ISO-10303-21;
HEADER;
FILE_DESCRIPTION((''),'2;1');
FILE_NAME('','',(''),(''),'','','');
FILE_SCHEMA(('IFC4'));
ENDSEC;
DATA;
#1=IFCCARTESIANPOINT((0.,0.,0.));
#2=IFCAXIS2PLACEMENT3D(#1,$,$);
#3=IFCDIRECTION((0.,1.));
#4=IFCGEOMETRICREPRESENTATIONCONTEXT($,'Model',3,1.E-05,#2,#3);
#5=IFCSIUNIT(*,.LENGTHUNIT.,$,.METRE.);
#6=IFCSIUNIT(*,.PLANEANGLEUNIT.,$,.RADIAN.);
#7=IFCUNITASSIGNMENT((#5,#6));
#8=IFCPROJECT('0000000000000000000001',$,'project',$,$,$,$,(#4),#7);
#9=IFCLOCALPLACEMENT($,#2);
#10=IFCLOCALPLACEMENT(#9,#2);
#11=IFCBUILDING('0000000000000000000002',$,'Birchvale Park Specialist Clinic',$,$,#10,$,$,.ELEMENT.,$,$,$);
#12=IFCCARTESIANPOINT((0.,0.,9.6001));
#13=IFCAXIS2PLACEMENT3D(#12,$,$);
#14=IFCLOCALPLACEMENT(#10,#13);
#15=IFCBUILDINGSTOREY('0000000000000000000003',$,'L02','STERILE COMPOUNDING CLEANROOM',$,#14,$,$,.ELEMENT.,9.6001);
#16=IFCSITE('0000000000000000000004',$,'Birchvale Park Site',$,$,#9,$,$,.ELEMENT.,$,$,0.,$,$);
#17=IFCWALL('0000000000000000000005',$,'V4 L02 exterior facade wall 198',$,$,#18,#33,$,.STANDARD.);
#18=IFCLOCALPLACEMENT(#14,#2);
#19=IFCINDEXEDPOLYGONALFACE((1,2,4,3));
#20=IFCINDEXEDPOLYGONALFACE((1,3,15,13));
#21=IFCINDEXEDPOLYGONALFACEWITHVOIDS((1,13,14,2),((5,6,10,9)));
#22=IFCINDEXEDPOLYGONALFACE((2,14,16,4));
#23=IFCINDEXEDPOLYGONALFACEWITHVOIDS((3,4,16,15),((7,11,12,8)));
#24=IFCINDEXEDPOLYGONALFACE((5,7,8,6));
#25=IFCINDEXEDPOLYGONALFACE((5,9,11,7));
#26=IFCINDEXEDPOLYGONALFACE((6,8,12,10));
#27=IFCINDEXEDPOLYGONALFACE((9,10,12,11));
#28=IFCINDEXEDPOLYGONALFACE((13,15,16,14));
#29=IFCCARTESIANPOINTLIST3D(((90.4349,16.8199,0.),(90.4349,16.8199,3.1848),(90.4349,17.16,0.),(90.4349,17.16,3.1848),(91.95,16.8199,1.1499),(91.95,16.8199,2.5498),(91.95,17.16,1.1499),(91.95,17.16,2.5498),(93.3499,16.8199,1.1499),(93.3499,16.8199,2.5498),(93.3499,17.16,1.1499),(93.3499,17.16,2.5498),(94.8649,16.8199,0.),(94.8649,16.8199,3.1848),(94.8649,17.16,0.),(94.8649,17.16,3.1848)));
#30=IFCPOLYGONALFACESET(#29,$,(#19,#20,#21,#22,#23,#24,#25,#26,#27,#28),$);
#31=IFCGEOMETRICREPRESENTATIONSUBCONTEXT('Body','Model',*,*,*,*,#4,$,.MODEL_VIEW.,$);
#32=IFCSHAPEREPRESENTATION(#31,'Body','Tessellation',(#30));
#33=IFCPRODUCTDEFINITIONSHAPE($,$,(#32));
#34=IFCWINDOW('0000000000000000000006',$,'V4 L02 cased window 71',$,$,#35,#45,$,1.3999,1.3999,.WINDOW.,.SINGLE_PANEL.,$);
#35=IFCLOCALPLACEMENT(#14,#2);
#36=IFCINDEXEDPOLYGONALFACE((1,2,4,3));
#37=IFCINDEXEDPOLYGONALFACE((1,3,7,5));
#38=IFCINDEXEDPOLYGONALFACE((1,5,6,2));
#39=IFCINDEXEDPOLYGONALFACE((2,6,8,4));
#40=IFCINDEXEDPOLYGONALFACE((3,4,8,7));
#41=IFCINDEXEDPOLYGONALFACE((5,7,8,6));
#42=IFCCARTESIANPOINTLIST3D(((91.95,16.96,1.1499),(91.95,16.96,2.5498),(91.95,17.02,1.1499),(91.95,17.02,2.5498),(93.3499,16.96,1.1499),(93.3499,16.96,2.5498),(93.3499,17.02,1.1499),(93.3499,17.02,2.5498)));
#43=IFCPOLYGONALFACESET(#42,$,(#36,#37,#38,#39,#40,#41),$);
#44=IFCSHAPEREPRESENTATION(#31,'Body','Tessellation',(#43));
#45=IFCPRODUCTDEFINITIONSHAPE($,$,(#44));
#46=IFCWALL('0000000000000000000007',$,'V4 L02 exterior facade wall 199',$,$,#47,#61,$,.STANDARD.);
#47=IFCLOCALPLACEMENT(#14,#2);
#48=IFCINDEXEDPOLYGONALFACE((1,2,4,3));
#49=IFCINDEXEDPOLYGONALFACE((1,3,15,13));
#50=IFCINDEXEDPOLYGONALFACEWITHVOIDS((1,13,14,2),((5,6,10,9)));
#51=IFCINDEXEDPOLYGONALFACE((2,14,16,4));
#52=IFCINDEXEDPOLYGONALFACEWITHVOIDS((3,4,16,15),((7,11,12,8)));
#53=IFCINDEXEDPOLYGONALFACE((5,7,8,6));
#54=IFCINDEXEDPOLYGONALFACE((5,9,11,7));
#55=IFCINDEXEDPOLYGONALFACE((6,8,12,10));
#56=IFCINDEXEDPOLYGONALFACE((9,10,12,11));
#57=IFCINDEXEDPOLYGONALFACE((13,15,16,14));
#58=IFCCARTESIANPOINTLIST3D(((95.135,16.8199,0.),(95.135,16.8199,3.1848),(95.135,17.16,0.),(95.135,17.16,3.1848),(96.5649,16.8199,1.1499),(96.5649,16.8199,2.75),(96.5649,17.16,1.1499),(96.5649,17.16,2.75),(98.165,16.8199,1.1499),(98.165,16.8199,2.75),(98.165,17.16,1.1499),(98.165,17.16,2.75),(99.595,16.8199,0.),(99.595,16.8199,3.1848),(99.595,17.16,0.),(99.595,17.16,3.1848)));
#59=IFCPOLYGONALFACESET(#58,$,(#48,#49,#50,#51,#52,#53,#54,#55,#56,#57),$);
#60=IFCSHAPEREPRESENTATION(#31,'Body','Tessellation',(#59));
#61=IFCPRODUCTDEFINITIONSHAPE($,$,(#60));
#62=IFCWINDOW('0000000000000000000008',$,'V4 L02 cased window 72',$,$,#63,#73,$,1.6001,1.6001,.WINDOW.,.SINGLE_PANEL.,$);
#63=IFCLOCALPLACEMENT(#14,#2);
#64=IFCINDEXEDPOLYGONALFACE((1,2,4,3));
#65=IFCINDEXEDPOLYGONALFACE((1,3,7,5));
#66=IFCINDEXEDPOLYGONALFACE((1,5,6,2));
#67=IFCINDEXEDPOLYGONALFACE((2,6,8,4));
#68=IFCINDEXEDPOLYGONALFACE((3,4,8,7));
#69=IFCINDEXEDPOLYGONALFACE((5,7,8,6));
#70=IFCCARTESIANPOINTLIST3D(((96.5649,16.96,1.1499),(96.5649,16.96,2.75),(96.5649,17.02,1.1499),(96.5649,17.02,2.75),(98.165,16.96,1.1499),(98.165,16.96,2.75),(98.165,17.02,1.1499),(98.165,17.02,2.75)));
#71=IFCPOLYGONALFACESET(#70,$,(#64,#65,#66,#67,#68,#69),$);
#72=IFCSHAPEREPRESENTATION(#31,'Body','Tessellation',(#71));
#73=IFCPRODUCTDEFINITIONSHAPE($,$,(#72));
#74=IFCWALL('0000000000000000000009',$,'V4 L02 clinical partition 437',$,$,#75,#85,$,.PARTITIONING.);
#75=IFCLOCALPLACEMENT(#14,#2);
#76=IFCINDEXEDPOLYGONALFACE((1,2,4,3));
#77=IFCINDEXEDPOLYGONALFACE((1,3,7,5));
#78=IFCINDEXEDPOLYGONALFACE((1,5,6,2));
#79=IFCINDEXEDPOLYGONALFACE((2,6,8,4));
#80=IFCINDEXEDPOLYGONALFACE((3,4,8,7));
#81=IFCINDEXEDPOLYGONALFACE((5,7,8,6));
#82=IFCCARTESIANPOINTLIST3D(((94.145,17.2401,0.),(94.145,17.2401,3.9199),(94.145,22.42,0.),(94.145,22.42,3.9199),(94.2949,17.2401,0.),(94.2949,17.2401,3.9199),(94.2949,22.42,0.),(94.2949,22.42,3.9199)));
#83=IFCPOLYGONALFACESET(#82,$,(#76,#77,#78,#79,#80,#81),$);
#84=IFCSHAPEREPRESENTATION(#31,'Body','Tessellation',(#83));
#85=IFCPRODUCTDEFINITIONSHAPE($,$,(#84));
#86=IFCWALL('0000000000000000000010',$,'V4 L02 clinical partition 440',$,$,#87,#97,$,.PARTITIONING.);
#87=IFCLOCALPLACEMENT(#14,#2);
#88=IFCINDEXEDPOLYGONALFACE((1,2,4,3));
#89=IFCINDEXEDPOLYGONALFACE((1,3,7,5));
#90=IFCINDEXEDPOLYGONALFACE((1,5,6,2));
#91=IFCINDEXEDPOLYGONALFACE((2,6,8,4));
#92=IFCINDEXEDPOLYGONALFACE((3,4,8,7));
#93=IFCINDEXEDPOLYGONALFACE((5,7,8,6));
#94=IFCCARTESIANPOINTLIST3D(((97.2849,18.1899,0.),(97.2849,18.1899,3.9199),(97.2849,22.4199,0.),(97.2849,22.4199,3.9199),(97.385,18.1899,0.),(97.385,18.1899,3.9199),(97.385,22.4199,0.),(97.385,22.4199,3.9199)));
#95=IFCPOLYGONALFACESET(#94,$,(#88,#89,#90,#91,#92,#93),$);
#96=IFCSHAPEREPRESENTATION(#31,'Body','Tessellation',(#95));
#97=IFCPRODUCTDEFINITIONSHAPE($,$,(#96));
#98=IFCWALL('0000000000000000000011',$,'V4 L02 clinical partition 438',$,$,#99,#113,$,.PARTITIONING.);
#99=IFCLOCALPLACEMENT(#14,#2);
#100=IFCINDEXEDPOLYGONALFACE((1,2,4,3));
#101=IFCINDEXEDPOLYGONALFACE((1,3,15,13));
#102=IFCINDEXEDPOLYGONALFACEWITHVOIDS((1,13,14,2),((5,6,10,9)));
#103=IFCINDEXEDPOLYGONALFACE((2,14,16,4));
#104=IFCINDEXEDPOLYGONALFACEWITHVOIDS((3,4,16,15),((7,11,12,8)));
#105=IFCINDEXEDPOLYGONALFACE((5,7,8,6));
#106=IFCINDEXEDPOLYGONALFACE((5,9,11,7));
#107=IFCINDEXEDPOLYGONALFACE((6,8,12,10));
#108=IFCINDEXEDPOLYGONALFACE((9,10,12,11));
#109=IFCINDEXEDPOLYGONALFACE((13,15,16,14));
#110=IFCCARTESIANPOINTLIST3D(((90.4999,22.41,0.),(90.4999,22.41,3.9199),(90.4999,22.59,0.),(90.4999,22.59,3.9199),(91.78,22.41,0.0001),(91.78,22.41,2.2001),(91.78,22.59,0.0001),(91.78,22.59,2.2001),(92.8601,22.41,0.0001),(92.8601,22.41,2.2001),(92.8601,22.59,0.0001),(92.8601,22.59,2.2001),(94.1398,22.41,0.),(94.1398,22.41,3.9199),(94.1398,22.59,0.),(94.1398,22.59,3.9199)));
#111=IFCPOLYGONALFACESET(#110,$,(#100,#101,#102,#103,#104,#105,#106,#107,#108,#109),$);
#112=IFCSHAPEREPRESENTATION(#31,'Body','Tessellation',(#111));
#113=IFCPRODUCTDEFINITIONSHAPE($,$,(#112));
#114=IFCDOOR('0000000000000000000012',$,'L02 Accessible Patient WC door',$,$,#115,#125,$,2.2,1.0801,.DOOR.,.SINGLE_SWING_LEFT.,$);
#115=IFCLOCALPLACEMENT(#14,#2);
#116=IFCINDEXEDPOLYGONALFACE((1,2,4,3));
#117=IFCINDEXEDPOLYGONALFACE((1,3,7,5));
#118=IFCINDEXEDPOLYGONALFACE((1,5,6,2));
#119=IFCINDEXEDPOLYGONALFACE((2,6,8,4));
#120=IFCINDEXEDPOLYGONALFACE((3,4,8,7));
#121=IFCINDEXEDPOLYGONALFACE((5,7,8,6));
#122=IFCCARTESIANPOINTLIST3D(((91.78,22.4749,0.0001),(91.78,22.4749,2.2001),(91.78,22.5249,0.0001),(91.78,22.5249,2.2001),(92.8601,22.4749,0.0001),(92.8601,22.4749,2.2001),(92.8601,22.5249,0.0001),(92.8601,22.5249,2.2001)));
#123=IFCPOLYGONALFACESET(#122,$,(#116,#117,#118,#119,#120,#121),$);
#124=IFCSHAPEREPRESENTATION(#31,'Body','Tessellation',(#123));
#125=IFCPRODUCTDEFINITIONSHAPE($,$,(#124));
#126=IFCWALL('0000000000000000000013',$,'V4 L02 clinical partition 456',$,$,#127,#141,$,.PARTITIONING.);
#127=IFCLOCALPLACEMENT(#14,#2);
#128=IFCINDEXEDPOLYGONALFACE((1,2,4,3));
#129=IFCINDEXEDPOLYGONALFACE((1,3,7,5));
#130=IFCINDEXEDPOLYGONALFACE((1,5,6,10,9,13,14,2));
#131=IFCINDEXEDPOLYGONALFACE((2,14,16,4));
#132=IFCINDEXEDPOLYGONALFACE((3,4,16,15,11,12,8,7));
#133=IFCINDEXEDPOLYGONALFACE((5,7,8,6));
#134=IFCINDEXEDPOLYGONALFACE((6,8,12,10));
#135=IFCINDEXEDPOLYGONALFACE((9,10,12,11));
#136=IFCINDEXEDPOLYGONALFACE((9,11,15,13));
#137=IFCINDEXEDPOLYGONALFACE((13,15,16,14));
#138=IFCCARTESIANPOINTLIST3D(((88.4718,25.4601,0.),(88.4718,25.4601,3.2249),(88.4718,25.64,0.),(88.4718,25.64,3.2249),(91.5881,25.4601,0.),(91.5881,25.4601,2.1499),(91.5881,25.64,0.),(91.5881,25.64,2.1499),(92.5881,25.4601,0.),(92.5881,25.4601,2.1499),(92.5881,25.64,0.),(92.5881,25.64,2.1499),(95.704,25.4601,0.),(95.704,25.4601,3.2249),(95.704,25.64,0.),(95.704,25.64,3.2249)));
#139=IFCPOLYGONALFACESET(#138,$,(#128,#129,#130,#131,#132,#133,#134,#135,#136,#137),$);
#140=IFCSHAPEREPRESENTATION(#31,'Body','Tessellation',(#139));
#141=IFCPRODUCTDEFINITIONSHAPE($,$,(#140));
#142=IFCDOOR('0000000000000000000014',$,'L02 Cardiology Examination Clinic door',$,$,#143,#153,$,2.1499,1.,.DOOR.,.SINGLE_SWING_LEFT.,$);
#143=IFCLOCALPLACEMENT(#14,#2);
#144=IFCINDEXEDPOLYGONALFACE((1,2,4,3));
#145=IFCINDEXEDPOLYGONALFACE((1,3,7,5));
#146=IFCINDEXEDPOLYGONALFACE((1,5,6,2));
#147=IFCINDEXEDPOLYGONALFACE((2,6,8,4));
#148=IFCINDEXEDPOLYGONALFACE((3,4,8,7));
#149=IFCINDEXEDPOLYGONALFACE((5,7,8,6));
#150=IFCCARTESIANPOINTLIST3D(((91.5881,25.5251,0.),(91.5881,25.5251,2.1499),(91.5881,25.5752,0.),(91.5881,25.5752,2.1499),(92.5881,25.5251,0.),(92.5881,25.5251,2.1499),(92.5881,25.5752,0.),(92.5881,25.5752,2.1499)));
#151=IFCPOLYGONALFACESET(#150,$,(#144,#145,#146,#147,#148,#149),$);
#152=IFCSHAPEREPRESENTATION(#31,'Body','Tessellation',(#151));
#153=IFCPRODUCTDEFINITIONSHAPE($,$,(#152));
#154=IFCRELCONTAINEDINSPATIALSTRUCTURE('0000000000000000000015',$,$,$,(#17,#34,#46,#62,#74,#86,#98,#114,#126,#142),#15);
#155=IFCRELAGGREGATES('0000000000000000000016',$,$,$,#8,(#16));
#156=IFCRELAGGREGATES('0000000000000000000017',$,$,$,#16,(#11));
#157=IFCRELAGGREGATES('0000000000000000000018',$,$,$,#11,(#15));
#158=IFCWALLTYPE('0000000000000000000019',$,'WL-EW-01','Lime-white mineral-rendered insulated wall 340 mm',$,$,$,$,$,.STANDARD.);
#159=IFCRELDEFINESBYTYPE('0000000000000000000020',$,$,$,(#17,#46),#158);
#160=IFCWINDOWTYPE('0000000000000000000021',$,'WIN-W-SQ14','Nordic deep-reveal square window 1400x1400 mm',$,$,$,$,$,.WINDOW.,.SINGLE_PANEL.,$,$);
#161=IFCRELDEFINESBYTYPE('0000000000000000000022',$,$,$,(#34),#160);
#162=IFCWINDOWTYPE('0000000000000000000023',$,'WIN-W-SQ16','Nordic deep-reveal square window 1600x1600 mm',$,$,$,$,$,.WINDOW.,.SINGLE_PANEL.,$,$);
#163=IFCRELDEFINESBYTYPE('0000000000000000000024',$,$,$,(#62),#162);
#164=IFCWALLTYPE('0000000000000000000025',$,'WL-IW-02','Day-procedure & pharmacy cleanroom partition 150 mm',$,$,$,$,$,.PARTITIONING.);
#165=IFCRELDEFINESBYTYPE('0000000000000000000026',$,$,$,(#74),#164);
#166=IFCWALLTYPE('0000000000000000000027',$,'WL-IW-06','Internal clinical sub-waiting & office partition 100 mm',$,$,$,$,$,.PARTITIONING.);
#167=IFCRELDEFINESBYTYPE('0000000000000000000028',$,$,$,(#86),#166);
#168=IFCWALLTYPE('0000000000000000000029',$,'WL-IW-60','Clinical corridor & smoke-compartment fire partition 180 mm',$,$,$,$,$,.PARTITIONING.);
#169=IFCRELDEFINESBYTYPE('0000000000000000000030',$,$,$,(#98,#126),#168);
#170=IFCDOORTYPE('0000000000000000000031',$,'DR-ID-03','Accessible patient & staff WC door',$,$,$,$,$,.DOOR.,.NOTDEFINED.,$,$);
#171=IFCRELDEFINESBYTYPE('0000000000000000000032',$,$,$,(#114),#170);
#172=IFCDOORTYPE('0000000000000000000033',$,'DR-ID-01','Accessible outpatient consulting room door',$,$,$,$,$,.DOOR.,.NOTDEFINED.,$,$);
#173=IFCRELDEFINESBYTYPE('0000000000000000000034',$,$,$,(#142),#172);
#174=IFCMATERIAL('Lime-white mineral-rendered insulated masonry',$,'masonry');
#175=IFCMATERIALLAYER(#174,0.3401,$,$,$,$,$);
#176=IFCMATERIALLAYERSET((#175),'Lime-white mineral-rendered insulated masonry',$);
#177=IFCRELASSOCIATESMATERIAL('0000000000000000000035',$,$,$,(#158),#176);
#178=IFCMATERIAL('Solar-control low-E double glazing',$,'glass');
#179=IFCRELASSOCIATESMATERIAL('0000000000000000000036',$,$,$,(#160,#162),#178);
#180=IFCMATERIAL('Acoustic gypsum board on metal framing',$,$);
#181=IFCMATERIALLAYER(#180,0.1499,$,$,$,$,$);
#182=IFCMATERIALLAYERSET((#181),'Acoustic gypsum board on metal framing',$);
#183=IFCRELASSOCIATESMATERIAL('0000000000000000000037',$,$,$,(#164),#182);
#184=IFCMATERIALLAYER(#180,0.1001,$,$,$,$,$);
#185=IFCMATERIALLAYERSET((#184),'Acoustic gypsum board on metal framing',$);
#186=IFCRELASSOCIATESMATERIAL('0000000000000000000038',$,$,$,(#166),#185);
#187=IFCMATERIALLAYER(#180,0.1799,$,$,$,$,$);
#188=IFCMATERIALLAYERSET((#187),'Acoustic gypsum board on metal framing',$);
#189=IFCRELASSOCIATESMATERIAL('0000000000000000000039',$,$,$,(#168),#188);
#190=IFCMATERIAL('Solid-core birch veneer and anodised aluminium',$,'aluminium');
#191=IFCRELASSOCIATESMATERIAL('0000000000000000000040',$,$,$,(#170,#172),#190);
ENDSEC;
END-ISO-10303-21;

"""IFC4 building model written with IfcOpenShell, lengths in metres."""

from ifc_helpers import new_model, si_unit, direction, frame, frame_2d, origin, place, context, subcontext, project, spatial, rectangle, extrude, material, layer, layer_set, type_object, element, fill, save


model = new_model("IFC4")

# Units and contexts
model_context = context("Model", 3, precision=1e-05, world=origin(), true_north=direction((0.0, 1.0)))
body_context = subcontext(model_context, "Body", "Model", "MODEL_VIEW")
ifc_project = project(units=[si_unit("LENGTHUNIT", "METRE"), si_unit("PLANEANGLEUNIT", "RADIAN")], contexts=[model_context])

# Site, building, storey
site_placement = place(None, origin())
site = spatial("IfcSite", under=ifc_project, at=site_placement, Name="Birchvale Park Site", CompositionType="ELEMENT", RefElevation=0.0)
building_placement = place(site_placement, origin())
building = spatial("IfcBuilding", under=site, at=building_placement, Name="Birchvale Park Specialist Clinic", CompositionType="ELEMENT")
storey_placement = place(building_placement, frame((0.0, 0.0, 9.6001)))
storey = spatial("IfcBuildingStorey", under=building, at=storey_placement, Name="L02", Description="STERILE COMPOUNDING CLEANROOM", CompositionType="ELEMENT", Elevation=9.6001)

# Walls, openings, windows
ifc_material_1 = material(Name="Lime-white mineral-rendered insulated masonry", Category="masonry")
ifc_layer_1 = layer(ifc_material_1, 0.3401)
ifc_layer_set_1 = layer_set([ifc_layer_1], Name="Lime-white mineral-rendered insulated masonry")
wall_type_1 = type_object("IfcWallType", Name="WL-EW-01", Description="Lime-white mineral-rendered insulated wall 340 mm", PredefinedType="STANDARD", material=ifc_layer_set_1)
ifc_material_2 = material(Name="Solar-control low-E double glazing", Category="glass")
wall_1_placement = place(storey_placement, frame((90.4351, 16.99, 0.0), z_axis=(0.0, 0.0, 1.0), x_axis=(1.0, 0.0, 0.0)))
wall_1 = element("IfcWall", 1, at=wall_1_placement, inside=storey, type_object=wall_type_1, Name="V4 L02 exterior facade wall 198", PredefinedType="STANDARD", context=body_context, shape_type="SweptSolid", body=[
    extrude(rectangle(XDim=4.4299, YDim=0.3401, at=frame_2d((2.2148, 0.0))), origin(), (0.0, 0.0, 1.0), 3.1848),
])
opening_1_placement = place(wall_1_placement, frame((1.5149, 0.0, 1.1499)))
opening_1 = element("IfcOpeningElement", 2, at=opening_1_placement, cuts=wall_1, PredefinedType="OPENING", context=body_context, shape_type="SweptSolid", body=[
    extrude(rectangle(XDim=1.3999, YDim=1.3999, at=frame_2d((0.7, 0.7))), frame((0.0, 0.1802, 0.0), z_axis=(0.0, -1.0, 0.0), x_axis=(1.0, 0.0, 0.0)), (0.0, 0.0, 1.0), 0.3601),
])
window_type_1 = type_object("IfcWindowType", Name="WIN-W-SQ14", Description="Nordic deep-reveal square window 1400x1400 mm", PartitioningType="SINGLE_PANEL", PredefinedType="WINDOW", material=ifc_material_2)
window_1_placement = place(opening_1_placement, origin())
window_1 = element("IfcWindow", 3, at=window_1_placement, inside=storey, type_object=window_type_1, Name="V4 L02 cased window 71", OverallHeight=1.3999, OverallWidth=1.3999, PartitioningType="SINGLE_PANEL", PredefinedType="WINDOW", context=body_context, shape_type="SweptSolid", body=[
    extrude(rectangle(XDim=1.3999, YDim=1.3999, at=frame_2d((0.7, 0.7))), frame((0.0, 0.03, 0.0), z_axis=(0.0, -1.0, 0.0), x_axis=(1.0, 0.0, 0.0)), (0.0, 0.0, 1.0), 0.0601),
])
fill(opening_1, window_1)
wall_2_placement = place(storey_placement, frame((95.135, 16.99, 0.0), z_axis=(0.0, 0.0, 1.0), x_axis=(1.0, 0.0, 0.0)))
wall_2 = element("IfcWall", 4, at=wall_2_placement, inside=storey, type_object=wall_type_1, Name="V4 L02 exterior facade wall 199", PredefinedType="STANDARD", context=body_context, shape_type="SweptSolid", body=[
    extrude(rectangle(XDim=4.46, YDim=0.3401, at=frame_2d((2.23, 0.0))), origin(), (0.0, 0.0, 1.0), 3.1848),
])
opening_2_placement = place(wall_2_placement, frame((1.4299, 0.0, 1.1499)))
opening_2 = element("IfcOpeningElement", 5, at=opening_2_placement, cuts=wall_2, PredefinedType="OPENING", context=body_context, shape_type="SweptSolid", body=[
    extrude(rectangle(XDim=1.6001, YDim=1.6001, at=frame_2d((0.8, 0.8))), frame((0.0, 0.1802, 0.0), z_axis=(0.0, -1.0, 0.0), x_axis=(1.0, 0.0, 0.0)), (0.0, 0.0, 1.0), 0.3601),
])
window_type_2 = type_object("IfcWindowType", Name="WIN-W-SQ16", Description="Nordic deep-reveal square window 1600x1600 mm", PartitioningType="SINGLE_PANEL", PredefinedType="WINDOW", material=ifc_material_2)
window_2_placement = place(opening_2_placement, origin())
window_2 = element("IfcWindow", 6, at=window_2_placement, inside=storey, type_object=window_type_2, Name="V4 L02 cased window 72", OverallHeight=1.6001, OverallWidth=1.6001, PartitioningType="SINGLE_PANEL", PredefinedType="WINDOW", context=body_context, shape_type="SweptSolid", body=[
    extrude(rectangle(XDim=1.6001, YDim=1.6001, at=frame_2d((0.8, 0.8))), frame((0.0, 0.03, 0.0), z_axis=(0.0, -1.0, 0.0), x_axis=(1.0, 0.0, 0.0)), (0.0, 0.0, 1.0), 0.0601),
])
fill(opening_2, window_2)

# Walls
ifc_material_3 = material(Name="Acoustic gypsum board on metal framing")
ifc_layer_2 = layer(ifc_material_3, 0.1499)
ifc_layer_set_2 = layer_set([ifc_layer_2], Name="Acoustic gypsum board on metal framing")
wall_type_2 = type_object("IfcWallType", Name="WL-IW-02", Description="Day-procedure & pharmacy cleanroom partition 150 mm", PredefinedType="PARTITIONING", material=ifc_layer_set_2)
wall_3_placement = place(storey_placement, frame((94.22, 22.4199, 0.0), z_axis=(0.0, 0.0, 1.0), x_axis=(0.0, -1.0, 0.0)))
element("IfcWall", 7, at=wall_3_placement, inside=storey, type_object=wall_type_2, Name="V4 L02 clinical partition 437", PredefinedType="PARTITIONING", context=body_context, shape_type="SweptSolid", body=[
    extrude(rectangle(XDim=5.1799, YDim=0.1499, at=frame_2d((2.5898, 0.0))), origin(), (0.0, 0.0, 1.0), 3.9199),
])
ifc_layer_3 = layer(ifc_material_3, 0.1001)
ifc_layer_set_3 = layer_set([ifc_layer_3], Name="Acoustic gypsum board on metal framing")
wall_type_3 = type_object("IfcWallType", Name="WL-IW-06", Description="Internal clinical sub-waiting & office partition 100 mm", PredefinedType="PARTITIONING", material=ifc_layer_set_3)
wall_4_placement = place(storey_placement, frame((97.335, 22.4199, 0.0), z_axis=(0.0, 0.0, 1.0), x_axis=(0.0, -1.0, 0.0)))
element("IfcWall", 8, at=wall_4_placement, inside=storey, type_object=wall_type_3, Name="V4 L02 clinical partition 440", PredefinedType="PARTITIONING", context=body_context, shape_type="SweptSolid", body=[
    extrude(rectangle(XDim=4.23, YDim=0.1001, at=frame_2d((2.115, 0.0))), origin(), (0.0, 0.0, 1.0), 3.9199),
])

# Walls, openings, doors
ifc_layer_4 = layer(ifc_material_3, 0.1799)
ifc_layer_set_4 = layer_set([ifc_layer_4], Name="Acoustic gypsum board on metal framing")
wall_type_4 = type_object("IfcWallType", Name="WL-IW-60", Description="Clinical corridor & smoke-compartment fire partition 180 mm", PredefinedType="PARTITIONING", material=ifc_layer_set_4)
wall_5_placement = place(storey_placement, frame((90.5, 22.5, 0.0), z_axis=(0.0, 0.0, 1.0), x_axis=(1.0, 0.0, 0.0)))
wall_5 = element("IfcWall", 9, at=wall_5_placement, inside=storey, type_object=wall_type_4, Name="V4 L02 clinical partition 438", PredefinedType="PARTITIONING", context=body_context, shape_type="SweptSolid", body=[
    extrude(rectangle(XDim=3.6399, YDim=0.1799, at=frame_2d((1.8198, 0.0))), origin(), (0.0, 0.0, 1.0), 3.9199),
])
opening_3_placement = place(wall_5_placement, frame((1.28, 0.0, 0.0)))
opening_3 = element("IfcOpeningElement", 10, at=opening_3_placement, cuts=wall_5, PredefinedType="OPENING", context=body_context, shape_type="SweptSolid", body=[
    extrude(rectangle(XDim=1.0801, YDim=2.2, at=frame_2d((0.54, 1.1001))), frame((0.0, 0.1001, 0.0), z_axis=(0.0, -1.0, 0.0), x_axis=(1.0, 0.0, 0.0)), (0.0, 0.0, 1.0), 0.2),
])
ifc_material_4 = material(Name="Solid-core birch veneer and anodised aluminium", Category="aluminium")
door_type_1 = type_object("IfcDoorType", Name="DR-ID-03", Description="Accessible patient & staff WC door", OperationType="NOTDEFINED", PredefinedType="DOOR", material=ifc_material_4)
door_1_placement = place(opening_3_placement, origin())
door_1 = element("IfcDoor", 11, at=door_1_placement, inside=storey, type_object=door_type_1, Name="L02 Accessible Patient WC door", OperationType="SINGLE_SWING_LEFT", OverallHeight=2.2, OverallWidth=1.0801, PredefinedType="DOOR", context=body_context, shape_type="SweptSolid", body=[
    extrude(rectangle(XDim=1.0801, YDim=2.2, at=frame_2d((0.54, 1.1001))), frame((0.0, 0.0249, 0.0), z_axis=(0.0, -1.0, 0.0), x_axis=(1.0, 0.0, 0.0)), (0.0, 0.0, 1.0), 0.05),
])
fill(opening_3, door_1)
door_type_2 = type_object("IfcDoorType", Name="DR-ID-01", Description="Accessible outpatient consulting room door", OperationType="NOTDEFINED", PredefinedType="DOOR", material=ifc_material_4)
wall_6_placement = place(storey_placement, frame((95.7041, 25.55, 0.0), z_axis=(0.0, 0.0, 1.0), x_axis=(-1.0, 0.0, 0.0)))
wall_6 = element("IfcWall", 12, at=wall_6_placement, inside=storey, type_object=wall_type_4, Name="V4 L02 clinical partition 456", PredefinedType="PARTITIONING", context=body_context, shape_type="SweptSolid", body=[
    extrude(rectangle(XDim=7.2322, YDim=0.1799, at=frame_2d((3.6162, 0.0))), origin(), (0.0, 0.0, 1.0), 3.2249),
])
opening_4_placement = place(wall_6_placement, frame((3.116, 0.0, 0.0)))
opening_4 = element("IfcOpeningElement", 13, at=opening_4_placement, cuts=wall_6, PredefinedType="OPENING", context=body_context, shape_type="SweptSolid", body=[
    extrude(rectangle(XDim=1.0, YDim=2.1499, at=frame_2d((0.5, 1.075))), frame((0.0, 0.1001, 0.0), z_axis=(0.0, -1.0, 0.0), x_axis=(1.0, 0.0, 0.0)), (0.0, 0.0, 1.0), 0.2),
])
door_2_placement = place(opening_4_placement, origin())
door_2 = element("IfcDoor", 14, at=door_2_placement, inside=storey, type_object=door_type_2, Name="L02 Cardiology Examination Clinic door", OperationType="SINGLE_SWING_LEFT", OverallHeight=2.1499, OverallWidth=1.0, PredefinedType="DOOR", context=body_context, shape_type="SweptSolid", body=[
    extrude(rectangle(XDim=1.0, YDim=2.1499, at=frame_2d((0.5, 1.075))), frame((0.0, 0.0249, 0.0), z_axis=(0.0, -1.0, 0.0), x_axis=(1.0, 0.0, 0.0)), (0.0, 0.0, 1.0), 0.05),
])
fill(opening_4, door_2)

save(model, "model.ifc")
